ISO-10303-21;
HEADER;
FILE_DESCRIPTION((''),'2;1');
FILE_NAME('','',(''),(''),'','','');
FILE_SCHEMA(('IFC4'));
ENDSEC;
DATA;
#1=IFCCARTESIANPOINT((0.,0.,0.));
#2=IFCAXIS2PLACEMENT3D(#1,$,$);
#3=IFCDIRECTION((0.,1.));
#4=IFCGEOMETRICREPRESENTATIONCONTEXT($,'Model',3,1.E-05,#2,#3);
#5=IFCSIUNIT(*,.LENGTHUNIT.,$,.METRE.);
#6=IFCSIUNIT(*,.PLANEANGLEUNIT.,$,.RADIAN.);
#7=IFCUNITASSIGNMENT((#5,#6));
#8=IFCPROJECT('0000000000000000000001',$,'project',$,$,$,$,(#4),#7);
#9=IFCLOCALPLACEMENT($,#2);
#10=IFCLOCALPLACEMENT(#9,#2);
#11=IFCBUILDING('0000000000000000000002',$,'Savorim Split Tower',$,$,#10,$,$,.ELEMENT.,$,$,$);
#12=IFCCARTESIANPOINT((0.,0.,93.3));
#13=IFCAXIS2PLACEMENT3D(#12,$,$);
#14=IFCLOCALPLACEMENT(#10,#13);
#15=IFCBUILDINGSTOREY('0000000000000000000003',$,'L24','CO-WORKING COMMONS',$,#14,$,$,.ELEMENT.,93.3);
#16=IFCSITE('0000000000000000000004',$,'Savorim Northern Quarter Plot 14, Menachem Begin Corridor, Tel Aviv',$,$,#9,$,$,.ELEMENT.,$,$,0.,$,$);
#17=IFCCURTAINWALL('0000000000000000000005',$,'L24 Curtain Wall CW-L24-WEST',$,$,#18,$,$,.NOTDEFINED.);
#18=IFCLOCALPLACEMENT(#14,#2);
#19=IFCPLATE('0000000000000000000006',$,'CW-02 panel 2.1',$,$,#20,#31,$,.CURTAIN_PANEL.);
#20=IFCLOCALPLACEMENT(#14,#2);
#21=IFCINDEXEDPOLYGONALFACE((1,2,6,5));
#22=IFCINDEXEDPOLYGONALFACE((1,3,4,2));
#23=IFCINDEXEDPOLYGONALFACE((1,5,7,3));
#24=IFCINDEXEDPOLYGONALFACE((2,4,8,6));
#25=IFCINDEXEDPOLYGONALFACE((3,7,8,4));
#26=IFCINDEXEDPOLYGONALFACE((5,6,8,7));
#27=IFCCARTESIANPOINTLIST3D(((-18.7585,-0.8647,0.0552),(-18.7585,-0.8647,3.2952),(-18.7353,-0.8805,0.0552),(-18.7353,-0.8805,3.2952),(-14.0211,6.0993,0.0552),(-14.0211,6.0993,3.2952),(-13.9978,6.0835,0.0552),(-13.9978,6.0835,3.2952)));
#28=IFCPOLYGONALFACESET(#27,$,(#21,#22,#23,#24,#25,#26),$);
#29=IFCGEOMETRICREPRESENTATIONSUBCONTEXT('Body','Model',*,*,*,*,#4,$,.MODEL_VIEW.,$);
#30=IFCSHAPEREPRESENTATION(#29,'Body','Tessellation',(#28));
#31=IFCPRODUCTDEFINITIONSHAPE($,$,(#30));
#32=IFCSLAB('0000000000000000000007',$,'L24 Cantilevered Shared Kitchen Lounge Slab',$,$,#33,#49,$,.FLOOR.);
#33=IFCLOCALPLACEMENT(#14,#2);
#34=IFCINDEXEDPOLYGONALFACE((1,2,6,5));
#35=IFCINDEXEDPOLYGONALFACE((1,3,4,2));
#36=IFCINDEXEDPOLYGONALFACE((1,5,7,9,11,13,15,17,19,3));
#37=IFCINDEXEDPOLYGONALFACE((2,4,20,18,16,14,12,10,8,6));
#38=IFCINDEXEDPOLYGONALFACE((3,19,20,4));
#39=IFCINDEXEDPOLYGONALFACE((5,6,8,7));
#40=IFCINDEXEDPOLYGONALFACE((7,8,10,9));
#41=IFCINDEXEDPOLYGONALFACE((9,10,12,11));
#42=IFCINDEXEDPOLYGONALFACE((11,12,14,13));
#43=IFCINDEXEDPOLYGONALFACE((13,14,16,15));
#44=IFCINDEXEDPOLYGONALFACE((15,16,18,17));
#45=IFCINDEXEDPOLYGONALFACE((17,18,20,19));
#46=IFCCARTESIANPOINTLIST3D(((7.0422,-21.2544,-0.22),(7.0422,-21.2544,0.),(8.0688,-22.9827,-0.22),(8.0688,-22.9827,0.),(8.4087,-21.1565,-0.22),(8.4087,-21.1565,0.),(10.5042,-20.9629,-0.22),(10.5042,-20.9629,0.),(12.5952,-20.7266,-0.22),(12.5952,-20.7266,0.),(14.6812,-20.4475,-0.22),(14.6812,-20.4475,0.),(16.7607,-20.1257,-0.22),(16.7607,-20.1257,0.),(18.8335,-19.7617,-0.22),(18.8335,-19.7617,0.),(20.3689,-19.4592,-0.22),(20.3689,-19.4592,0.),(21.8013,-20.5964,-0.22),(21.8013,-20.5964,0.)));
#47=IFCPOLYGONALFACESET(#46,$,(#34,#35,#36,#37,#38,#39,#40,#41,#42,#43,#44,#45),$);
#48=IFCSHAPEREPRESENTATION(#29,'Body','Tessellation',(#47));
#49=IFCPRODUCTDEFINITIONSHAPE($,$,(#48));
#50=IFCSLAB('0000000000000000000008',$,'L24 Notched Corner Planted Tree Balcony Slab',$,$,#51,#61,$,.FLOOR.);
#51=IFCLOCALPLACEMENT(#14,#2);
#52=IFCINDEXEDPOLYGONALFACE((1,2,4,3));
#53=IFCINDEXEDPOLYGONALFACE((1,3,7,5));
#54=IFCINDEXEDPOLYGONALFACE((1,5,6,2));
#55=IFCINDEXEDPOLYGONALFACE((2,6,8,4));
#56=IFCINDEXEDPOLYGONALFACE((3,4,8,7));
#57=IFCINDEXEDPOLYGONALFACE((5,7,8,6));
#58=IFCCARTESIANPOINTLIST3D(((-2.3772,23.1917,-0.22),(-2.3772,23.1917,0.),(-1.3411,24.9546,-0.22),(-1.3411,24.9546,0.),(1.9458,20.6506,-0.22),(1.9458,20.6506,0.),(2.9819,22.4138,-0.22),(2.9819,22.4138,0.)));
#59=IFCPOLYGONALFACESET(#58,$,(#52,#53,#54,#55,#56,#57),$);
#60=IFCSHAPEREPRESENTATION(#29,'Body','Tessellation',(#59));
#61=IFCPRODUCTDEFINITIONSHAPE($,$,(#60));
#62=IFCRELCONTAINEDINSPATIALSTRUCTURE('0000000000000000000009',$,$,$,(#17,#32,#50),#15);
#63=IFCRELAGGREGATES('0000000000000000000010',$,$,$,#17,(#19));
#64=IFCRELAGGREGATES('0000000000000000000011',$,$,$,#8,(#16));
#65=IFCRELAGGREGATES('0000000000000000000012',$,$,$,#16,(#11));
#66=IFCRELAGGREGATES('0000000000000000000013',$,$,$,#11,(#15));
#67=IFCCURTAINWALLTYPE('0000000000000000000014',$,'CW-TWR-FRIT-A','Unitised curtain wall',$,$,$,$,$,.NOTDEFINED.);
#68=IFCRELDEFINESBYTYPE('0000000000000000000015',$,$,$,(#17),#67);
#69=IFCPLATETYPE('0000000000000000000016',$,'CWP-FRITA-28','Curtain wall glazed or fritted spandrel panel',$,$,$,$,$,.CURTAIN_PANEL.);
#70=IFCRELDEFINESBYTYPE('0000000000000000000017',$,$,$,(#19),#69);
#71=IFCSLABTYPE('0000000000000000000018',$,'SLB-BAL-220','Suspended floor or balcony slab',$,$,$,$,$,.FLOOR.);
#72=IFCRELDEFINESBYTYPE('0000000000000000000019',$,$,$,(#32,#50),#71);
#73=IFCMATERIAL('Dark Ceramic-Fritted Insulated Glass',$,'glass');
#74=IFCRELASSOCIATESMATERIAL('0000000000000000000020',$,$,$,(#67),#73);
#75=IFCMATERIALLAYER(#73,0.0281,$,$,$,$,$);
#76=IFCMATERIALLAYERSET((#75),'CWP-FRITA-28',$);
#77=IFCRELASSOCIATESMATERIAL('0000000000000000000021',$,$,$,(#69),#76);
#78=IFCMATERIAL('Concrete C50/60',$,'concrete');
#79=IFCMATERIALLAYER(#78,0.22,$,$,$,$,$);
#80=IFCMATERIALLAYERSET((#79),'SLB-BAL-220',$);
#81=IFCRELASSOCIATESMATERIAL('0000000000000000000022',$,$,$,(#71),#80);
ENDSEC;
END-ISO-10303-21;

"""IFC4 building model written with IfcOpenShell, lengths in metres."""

from ifc_helpers import new_model, si_unit, direction, frame, origin, origin_2d, place, context, subcontext, project, spatial, polyline, rectangle, outline, extrude, material, layer, layer_set, type_object, element, aggregate, save


model = new_model("IFC4")

# Units and contexts
model_context = context("Model", 3, precision=1e-05, world=origin(), true_north=direction((0.0, 1.0)))
body_context = subcontext(model_context, "Body", "Model", "MODEL_VIEW")
ifc_project = project(units=[si_unit("LENGTHUNIT", "METRE"), si_unit("PLANEANGLEUNIT", "RADIAN")], contexts=[model_context])

# Site, building, storey
site_placement = place(None, origin())
site = spatial("IfcSite", under=ifc_project, at=site_placement, Name="Savorim Northern Quarter Plot 14, Menachem Begin Corridor, Tel Aviv", CompositionType="ELEMENT", RefElevation=0.0)
building_placement = place(site_placement, origin())
building = spatial("IfcBuilding", under=site, at=building_placement, Name="Savorim Split Tower", CompositionType="ELEMENT")
storey_placement = place(building_placement, frame((0.0, 0.0, 93.3)))
storey = spatial("IfcBuildingStorey", under=building, at=storey_placement, Name="L24", Description="CO-WORKING COMMONS", CompositionType="ELEMENT", Elevation=93.3)

# Curtain wall, plate
ifc_material_1 = material(Name="Dark Ceramic-Fritted Insulated Glass", Category="glass")
curtain_wall_type = type_object("IfcCurtainWallType", Name="CW-TWR-FRIT-A", Description="Unitised curtain wall", PredefinedType="NOTDEFINED", material=ifc_material_1)
curtain_wall_placement = place(storey_placement, origin())
curtain_wall = element("IfcCurtainWall", 1, at=curtain_wall_placement, inside=storey, type_object=curtain_wall_type, Name="L24 Curtain Wall CW-L24-WEST", PredefinedType="NOTDEFINED")
ifc_layer_1 = layer(ifc_material_1, 0.0281)
ifc_layer_set_1 = layer_set([ifc_layer_1], Name="CWP-FRITA-28")
plate_type = type_object("IfcPlateType", Name="CWP-FRITA-28", Description="Curtain wall glazed or fritted spandrel panel", PredefinedType="CURTAIN_PANEL", material=ifc_layer_set_1)
plate_placement = place(storey_placement, frame((-16.3782, 2.6094, 0.0552), z_axis=(0.0, 0.0, 1.0), x_axis=(-0.562468, -0.826819, 0.0)))
plate = element("IfcPlate", 2, at=plate_placement, type_object=plate_type, Name="CW-02 panel 2.1", PredefinedType="CURTAIN_PANEL", context=body_context, shape_type="SweptSolid", body=[
    extrude(rectangle(XDim=8.4226, YDim=0.0281, at=origin_2d()), origin(), (0.0, 0.0, 1.0), 3.24),
])
aggregate(curtain_wall, [plate])

# Slabs
ifc_material_2 = material(Name="Concrete C50/60", Category="concrete")
ifc_layer_2 = layer(ifc_material_2, 0.22)
ifc_layer_set_2 = layer_set([ifc_layer_2], Name="SLB-BAL-220")
slab_type_1 = type_object("IfcSlabType", Name="SLB-BAL-220", Description="Suspended floor or balcony slab", PredefinedType="FLOOR", material=ifc_layer_set_2)
slab_1_placement = place(storey_placement, frame((0.0, 0.0, -0.22)))
element("IfcSlab", 3, at=slab_1_placement, inside=storey, type_object=slab_type_1, Name="L24 Cantilevered Shared Kitchen Lounge Slab", PredefinedType="FLOOR", context=body_context, shape_type="SweptSolid", body=[
    extrude(outline(polyline([(20.3689, -19.4592), (18.8335, -19.7617), (16.7607, -20.1257), (14.6812, -20.4475), (12.5952, -20.7266), (10.5042, -20.9629), (8.4087, -21.1565), (7.0422, -21.2544), (8.0688, -22.9827), (21.8013, -20.5964), (20.3689, -19.4592)])), origin(), (0.0, 0.0, 1.0), 0.22),
])
slab_2_placement = place(storey_placement, frame((0.0, 0.0, -0.22)))
element("IfcSlab", 4, at=slab_2_placement, inside=storey, type_object=slab_type_1, Name="L24 Notched Corner Planted Tree Balcony Slab", PredefinedType="FLOOR", context=body_context, shape_type="SweptSolid", body=[
    extrude(outline(polyline([(-2.3772, 23.1917), (1.9458, 20.6506), (2.9819, 22.4138), (-1.3411, 24.9546), (-2.3772, 23.1917)])), origin(), (0.0, 0.0, 1.0), 0.22),
])

save(model, "model.ifc")
